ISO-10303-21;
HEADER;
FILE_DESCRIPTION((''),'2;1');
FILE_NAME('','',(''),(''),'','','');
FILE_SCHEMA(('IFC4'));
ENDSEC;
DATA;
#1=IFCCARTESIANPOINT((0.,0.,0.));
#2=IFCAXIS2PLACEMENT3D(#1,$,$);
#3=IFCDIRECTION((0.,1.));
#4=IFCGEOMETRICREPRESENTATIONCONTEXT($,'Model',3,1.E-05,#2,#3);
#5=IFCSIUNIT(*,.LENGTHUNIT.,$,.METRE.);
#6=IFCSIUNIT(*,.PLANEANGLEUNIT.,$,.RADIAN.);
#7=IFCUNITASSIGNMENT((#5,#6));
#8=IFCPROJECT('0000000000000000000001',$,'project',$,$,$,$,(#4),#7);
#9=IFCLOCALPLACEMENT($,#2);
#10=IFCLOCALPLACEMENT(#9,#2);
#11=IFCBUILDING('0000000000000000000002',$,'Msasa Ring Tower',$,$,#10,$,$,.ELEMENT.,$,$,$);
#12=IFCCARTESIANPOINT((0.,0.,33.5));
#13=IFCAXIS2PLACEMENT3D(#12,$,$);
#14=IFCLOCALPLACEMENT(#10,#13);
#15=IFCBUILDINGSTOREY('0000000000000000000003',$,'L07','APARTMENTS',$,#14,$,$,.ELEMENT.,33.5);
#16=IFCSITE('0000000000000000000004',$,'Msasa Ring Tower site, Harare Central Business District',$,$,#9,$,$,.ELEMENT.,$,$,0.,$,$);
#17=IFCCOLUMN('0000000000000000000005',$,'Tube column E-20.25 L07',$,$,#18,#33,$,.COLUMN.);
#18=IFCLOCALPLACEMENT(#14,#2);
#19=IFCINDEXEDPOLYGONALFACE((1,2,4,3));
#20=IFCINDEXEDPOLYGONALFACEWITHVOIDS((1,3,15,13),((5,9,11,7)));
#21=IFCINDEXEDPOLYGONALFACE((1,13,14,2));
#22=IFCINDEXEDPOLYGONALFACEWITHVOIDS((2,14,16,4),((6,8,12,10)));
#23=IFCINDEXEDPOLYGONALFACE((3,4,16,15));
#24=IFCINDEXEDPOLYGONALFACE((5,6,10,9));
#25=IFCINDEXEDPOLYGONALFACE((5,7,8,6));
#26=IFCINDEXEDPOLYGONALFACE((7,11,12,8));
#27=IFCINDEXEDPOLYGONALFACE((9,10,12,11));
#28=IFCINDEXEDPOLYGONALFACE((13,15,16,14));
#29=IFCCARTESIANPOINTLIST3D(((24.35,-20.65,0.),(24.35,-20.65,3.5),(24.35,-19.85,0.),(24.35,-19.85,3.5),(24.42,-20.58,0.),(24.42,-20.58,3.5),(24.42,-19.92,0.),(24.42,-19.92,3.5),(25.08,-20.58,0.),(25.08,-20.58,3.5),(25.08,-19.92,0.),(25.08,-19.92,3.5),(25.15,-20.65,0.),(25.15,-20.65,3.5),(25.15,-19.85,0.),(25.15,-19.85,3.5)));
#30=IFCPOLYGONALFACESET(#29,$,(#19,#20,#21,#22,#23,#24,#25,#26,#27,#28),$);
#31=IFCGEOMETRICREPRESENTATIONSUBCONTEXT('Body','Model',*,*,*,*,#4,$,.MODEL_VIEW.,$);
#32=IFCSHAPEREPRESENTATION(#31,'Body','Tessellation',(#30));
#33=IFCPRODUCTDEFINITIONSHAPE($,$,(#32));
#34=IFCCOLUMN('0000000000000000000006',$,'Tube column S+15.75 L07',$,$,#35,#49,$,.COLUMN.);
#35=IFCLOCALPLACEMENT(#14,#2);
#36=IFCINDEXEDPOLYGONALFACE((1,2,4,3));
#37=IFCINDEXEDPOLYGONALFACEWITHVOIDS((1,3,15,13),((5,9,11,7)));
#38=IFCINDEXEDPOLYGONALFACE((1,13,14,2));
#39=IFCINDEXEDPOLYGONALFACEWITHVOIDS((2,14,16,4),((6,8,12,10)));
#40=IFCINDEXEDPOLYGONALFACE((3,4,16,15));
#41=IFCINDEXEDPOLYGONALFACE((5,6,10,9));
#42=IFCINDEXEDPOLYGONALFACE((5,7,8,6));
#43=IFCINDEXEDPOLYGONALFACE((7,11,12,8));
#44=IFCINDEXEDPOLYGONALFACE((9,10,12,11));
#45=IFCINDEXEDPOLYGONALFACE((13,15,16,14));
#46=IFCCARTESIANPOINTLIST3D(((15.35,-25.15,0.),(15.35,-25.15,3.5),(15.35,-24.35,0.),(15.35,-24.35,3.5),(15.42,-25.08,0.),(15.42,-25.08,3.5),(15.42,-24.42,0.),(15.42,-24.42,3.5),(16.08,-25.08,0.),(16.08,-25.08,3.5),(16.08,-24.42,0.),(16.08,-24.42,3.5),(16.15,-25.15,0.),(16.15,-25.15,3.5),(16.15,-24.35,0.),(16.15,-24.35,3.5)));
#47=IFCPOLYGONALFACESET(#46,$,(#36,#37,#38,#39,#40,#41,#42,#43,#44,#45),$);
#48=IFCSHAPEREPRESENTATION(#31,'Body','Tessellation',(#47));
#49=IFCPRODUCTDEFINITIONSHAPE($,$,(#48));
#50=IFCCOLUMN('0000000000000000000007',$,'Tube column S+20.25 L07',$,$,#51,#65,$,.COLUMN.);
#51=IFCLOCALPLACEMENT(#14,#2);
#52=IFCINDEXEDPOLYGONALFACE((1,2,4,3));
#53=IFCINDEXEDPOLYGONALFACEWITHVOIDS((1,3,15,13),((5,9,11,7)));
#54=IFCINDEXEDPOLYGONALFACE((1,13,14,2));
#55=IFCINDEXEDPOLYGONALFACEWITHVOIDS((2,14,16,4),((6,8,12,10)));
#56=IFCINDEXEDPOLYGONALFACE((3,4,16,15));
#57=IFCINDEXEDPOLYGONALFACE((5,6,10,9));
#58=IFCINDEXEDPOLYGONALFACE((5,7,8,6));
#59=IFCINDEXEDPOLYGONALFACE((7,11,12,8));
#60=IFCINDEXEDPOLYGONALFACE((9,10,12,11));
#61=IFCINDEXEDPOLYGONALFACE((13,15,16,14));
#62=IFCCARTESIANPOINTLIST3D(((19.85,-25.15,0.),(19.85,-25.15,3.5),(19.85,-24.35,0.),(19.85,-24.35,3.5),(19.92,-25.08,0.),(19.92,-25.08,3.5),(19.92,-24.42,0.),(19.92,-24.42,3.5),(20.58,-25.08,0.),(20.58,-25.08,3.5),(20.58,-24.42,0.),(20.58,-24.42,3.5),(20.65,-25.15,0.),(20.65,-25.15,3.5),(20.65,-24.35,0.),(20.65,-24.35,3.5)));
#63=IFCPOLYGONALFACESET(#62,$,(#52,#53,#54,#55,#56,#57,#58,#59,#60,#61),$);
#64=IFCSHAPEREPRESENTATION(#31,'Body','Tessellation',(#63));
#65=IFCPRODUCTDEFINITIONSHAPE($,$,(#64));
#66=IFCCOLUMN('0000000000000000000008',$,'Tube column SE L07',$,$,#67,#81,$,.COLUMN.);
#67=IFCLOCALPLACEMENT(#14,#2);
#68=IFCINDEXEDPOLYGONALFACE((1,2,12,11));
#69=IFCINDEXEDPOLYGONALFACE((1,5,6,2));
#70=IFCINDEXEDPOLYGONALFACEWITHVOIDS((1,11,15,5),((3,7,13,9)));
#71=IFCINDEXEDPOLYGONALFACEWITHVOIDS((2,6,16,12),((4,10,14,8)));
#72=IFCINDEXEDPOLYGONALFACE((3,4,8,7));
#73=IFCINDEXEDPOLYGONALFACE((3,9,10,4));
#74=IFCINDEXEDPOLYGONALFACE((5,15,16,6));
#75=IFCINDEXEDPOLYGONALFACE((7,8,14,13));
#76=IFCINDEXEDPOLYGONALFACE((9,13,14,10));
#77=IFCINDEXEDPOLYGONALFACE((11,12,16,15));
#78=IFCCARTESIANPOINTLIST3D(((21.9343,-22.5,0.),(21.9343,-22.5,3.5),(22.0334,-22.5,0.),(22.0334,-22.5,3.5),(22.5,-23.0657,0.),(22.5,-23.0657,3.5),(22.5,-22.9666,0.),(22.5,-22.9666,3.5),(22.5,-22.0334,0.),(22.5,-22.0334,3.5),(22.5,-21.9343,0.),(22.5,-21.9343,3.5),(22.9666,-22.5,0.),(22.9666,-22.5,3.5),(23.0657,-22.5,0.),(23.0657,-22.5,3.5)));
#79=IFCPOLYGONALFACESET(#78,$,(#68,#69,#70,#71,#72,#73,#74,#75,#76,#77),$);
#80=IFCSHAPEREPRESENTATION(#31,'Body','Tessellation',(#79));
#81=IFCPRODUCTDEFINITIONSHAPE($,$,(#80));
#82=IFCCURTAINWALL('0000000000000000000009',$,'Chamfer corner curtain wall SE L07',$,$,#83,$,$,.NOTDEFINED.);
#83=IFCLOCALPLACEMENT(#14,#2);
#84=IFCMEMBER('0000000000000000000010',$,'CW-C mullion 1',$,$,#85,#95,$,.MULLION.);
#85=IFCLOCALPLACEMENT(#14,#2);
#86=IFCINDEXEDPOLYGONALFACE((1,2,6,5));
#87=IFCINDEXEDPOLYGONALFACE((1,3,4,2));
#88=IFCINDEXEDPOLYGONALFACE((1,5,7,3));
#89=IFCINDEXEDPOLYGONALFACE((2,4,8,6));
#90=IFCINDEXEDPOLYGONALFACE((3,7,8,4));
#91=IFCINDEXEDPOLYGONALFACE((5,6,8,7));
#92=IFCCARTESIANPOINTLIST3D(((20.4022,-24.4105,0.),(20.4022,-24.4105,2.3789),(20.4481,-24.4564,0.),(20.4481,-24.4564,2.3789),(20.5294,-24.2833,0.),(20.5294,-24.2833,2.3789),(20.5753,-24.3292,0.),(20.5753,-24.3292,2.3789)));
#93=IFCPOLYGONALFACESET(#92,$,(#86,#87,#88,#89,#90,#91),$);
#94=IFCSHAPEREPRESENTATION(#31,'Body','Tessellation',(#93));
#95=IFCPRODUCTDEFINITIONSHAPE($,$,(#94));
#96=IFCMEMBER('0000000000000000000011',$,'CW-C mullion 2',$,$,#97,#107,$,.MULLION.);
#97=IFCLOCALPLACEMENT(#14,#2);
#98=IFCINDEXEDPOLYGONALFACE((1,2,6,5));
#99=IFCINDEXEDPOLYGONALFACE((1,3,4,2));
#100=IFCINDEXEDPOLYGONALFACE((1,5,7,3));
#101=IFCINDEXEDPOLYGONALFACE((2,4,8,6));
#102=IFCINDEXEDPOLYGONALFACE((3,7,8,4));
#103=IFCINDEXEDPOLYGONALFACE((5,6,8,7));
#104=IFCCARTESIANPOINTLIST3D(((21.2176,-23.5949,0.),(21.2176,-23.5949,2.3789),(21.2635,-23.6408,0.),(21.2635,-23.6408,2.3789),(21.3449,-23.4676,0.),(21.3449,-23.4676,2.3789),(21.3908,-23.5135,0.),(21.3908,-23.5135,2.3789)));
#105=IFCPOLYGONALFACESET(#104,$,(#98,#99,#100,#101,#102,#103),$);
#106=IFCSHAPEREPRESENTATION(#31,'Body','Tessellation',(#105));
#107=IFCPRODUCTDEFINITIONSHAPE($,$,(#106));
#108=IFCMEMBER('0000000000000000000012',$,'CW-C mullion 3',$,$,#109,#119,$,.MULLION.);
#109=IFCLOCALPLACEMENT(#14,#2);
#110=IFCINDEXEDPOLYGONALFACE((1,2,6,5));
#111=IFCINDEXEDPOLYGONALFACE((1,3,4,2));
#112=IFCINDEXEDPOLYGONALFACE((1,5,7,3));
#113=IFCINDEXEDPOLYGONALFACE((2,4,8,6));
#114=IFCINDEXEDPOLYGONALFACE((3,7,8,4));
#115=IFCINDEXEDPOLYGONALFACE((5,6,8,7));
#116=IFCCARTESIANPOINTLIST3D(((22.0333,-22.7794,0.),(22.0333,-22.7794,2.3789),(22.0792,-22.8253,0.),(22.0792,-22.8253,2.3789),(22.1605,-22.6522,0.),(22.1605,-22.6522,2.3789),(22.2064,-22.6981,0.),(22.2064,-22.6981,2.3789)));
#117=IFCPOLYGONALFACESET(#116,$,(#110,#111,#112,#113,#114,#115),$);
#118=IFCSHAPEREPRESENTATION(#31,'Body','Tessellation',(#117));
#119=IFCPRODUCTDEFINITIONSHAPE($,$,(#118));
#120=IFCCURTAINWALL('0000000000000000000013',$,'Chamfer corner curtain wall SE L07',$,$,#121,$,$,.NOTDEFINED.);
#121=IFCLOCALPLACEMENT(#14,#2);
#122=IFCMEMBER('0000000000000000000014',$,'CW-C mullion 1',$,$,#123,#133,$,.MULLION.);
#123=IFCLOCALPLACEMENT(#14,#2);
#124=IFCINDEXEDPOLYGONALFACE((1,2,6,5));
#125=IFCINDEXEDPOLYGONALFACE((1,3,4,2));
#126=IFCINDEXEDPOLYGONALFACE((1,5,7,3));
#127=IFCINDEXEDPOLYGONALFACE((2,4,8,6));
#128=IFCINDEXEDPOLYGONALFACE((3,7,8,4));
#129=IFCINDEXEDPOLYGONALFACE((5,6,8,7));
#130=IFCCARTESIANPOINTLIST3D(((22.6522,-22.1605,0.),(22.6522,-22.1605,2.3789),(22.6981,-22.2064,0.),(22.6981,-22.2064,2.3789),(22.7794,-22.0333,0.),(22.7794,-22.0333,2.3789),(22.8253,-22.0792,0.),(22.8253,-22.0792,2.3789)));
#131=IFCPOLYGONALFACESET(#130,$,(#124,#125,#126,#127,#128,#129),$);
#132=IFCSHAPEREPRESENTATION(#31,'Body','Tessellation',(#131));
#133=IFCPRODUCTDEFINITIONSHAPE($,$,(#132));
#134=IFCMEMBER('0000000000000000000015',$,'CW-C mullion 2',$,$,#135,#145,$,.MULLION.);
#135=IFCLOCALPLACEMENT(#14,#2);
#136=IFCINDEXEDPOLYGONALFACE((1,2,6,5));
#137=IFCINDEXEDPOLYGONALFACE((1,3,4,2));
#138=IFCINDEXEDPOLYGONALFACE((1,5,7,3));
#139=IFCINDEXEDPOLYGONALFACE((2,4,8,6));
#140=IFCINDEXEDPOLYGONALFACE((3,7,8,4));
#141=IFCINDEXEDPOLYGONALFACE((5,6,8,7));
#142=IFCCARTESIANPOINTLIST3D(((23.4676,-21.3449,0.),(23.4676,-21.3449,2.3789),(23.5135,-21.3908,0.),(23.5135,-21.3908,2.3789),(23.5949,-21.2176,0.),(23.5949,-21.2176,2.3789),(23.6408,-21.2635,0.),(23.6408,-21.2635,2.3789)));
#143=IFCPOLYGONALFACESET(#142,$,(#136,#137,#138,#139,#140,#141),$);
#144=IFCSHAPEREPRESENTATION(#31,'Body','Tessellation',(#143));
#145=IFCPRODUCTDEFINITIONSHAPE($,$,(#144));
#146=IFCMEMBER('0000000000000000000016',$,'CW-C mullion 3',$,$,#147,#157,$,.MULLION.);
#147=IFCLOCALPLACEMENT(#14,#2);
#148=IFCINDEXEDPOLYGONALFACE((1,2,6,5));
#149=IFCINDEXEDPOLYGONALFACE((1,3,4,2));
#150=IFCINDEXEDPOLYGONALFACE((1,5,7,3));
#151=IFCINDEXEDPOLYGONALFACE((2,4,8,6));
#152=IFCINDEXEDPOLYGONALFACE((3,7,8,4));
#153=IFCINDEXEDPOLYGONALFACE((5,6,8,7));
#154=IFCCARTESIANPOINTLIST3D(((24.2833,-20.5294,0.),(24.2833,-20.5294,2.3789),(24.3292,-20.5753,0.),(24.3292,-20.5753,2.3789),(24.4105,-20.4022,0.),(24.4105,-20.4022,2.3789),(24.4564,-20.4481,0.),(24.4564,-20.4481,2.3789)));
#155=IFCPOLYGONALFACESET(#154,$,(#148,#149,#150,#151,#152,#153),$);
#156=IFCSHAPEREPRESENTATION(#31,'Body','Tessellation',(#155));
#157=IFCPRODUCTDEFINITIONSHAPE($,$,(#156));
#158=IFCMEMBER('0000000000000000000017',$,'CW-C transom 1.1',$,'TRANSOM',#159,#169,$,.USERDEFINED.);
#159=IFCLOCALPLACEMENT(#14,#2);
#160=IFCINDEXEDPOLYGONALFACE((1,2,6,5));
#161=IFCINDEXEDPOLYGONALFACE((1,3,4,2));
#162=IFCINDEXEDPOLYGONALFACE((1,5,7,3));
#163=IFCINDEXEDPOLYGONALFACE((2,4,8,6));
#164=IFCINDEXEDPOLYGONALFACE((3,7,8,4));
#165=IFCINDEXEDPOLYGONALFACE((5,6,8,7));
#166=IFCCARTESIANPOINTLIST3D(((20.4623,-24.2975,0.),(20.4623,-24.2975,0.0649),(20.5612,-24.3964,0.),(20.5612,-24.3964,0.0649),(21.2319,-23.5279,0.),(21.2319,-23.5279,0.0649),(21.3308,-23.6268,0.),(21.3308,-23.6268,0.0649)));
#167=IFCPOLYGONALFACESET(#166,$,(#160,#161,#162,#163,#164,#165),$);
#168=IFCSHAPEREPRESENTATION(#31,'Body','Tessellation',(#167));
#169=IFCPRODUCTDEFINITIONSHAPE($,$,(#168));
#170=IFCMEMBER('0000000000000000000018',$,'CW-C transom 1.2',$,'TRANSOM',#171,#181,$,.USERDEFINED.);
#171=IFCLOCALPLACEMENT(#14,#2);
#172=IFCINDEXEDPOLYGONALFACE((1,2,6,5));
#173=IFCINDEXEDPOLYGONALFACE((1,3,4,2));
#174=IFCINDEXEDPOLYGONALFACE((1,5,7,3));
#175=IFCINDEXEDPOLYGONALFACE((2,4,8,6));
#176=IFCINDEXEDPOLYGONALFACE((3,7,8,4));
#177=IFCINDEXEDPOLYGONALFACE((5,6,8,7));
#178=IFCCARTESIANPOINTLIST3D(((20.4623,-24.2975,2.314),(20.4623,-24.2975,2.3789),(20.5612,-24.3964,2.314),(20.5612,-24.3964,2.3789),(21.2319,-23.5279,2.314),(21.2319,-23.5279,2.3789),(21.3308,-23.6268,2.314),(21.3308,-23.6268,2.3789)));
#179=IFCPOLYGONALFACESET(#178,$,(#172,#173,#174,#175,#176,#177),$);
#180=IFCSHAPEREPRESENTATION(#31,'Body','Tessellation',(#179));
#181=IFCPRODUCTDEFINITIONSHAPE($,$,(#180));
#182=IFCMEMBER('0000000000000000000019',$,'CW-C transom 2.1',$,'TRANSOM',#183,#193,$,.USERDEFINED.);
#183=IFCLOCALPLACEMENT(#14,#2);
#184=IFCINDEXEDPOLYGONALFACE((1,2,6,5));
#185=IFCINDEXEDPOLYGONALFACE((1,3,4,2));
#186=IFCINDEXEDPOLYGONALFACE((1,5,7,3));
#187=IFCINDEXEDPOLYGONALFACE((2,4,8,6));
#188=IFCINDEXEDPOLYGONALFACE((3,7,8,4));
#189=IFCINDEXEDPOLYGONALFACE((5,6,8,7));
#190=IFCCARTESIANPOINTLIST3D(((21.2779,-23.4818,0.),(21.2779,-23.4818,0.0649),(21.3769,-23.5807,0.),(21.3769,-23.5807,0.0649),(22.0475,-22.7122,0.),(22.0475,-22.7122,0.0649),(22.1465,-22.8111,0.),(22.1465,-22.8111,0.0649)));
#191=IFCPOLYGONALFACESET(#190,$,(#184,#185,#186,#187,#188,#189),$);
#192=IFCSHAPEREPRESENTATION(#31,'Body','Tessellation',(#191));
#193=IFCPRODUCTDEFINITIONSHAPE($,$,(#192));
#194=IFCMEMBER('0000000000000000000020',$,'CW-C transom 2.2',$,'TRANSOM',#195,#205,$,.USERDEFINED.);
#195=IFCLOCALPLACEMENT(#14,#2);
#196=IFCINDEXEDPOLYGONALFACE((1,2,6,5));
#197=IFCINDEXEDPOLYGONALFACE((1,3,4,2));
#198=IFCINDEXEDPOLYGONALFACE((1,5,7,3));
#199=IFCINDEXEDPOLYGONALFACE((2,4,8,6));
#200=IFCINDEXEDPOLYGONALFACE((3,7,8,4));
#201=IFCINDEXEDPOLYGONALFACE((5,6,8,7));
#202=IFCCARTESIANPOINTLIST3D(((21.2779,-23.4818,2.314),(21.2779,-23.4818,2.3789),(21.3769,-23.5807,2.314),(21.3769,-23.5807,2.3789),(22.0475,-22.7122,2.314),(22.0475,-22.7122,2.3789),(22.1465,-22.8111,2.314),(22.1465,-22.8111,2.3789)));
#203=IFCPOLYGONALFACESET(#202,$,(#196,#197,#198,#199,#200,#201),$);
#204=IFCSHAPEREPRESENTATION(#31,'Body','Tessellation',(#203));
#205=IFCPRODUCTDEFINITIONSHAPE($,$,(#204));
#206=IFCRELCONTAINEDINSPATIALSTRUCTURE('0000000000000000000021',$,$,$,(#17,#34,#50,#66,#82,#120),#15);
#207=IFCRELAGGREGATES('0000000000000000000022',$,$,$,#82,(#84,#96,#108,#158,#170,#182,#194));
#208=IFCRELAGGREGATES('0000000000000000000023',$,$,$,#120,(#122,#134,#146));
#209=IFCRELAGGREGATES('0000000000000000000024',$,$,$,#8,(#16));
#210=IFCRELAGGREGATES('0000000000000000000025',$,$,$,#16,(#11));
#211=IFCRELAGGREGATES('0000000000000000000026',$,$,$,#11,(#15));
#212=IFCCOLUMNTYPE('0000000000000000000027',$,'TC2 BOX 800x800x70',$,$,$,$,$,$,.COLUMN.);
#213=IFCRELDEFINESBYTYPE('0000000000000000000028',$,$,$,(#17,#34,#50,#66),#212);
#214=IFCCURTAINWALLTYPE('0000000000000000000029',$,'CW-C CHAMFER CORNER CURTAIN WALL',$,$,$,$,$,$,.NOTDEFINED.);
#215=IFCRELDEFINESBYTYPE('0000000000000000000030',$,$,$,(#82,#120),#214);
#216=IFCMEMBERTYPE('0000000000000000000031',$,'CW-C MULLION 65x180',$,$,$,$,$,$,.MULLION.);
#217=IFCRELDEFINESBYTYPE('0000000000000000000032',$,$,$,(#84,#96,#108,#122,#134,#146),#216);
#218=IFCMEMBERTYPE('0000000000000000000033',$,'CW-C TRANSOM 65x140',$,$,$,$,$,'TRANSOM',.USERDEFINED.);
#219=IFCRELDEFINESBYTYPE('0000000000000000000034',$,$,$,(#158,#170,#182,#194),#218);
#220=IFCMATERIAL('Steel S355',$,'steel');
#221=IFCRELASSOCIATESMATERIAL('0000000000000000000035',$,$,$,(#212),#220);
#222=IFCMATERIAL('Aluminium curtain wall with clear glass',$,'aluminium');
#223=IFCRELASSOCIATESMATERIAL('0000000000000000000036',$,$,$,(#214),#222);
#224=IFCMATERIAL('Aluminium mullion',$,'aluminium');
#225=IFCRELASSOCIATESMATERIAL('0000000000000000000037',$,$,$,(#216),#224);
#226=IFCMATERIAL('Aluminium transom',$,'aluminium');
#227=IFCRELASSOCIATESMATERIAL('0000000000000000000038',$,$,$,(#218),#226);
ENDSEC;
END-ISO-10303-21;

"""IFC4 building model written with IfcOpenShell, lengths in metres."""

from ifc_helpers import new_model, si_unit, direction, frame, origin, origin_2d, place, context, subcontext, project, spatial, rectangle, hollow_rectangle, extrude, material, material_profile, profile_set, type_object, element, aggregate, save


model = new_model("IFC4")

# Units and contexts
model_context = context("Model", 3, precision=1e-05, world=origin(), true_north=direction((0.0, 1.0)))
body_context = subcontext(model_context, "Body", "Model", "MODEL_VIEW")
ifc_project = project(units=[si_unit("LENGTHUNIT", "METRE"), si_unit("PLANEANGLEUNIT", "RADIAN")], contexts=[model_context])

# Site, building, storey
site_placement = place(None, origin())
site = spatial("IfcSite", under=ifc_project, at=site_placement, Name="Msasa Ring Tower site, Harare Central Business District", CompositionType="ELEMENT", RefElevation=0.0)
building_placement = place(site_placement, origin())
building = spatial("IfcBuilding", under=site, at=building_placement, Name="Msasa Ring Tower", CompositionType="ELEMENT")
storey_placement = place(building_placement, frame((0.0, 0.0, 33.5)))
storey = spatial("IfcBuildingStorey", under=building, at=storey_placement, Name="L07", Description="APARTMENTS", CompositionType="ELEMENT", Elevation=33.5)

# Columns
ifc_material_1 = material(Name="Steel S355", Category="steel")
ifc_material_profile_1 = material_profile(ifc_material_1, hollow_rectangle(XDim=0.8, YDim=0.8, WallThickness=0.0701, at=origin_2d()), Name="BOX 800x800x70")
ifc_profile_set_1 = profile_set([ifc_material_profile_1], Name="Steel S355")
column_type = type_object("IfcColumnType", Name="TC2 BOX 800x800x70", PredefinedType="COLUMN", material=ifc_profile_set_1)
for number, where, z_axis, x_axis, name in (
    (1, (24.75, -20.25, 0.0), (0.0, 0.0, 1.0), (1.0, 0.0, 0.0), "Tube column E-20.25 L07"),
    (2, (15.75, -24.75, 0.0), (0.0, 0.0, 1.0), (0.0, 1.0, 0.0), "Tube column S+15.75 L07"),
    (3, (20.25, -24.75, 0.0), (0.0, 0.0, 1.0), (0.0, 1.0, 0.0), "Tube column S+20.25 L07"),
    (4, (22.5, -22.5, 0.0), (0.0, 0.0, 1.0), (0.707107, -0.707107, 0.0), "Tube column SE L07"),
):
    element("IfcColumn", number, at=place(storey_placement, frame(where, z_axis=z_axis, x_axis=x_axis)), inside=storey, type_object=column_type, Name=name, PredefinedType="COLUMN", context=body_context, shape_type="SweptSolid", body=[
        extrude(hollow_rectangle(XDim=0.8, YDim=0.8, WallThickness=0.0701, at=origin_2d()), origin(), (0.0, 0.0, 1.0), 3.5),
    ])

# Curtain walls, members
ifc_material_2 = material(Name="Aluminium curtain wall with clear glass", Category="aluminium")
curtain_wall_type = type_object("IfcCurtainWallType", Name="CW-C CHAMFER CORNER CURTAIN WALL", PredefinedType="NOTDEFINED", material=ifc_material_2)
curtain_wall_1_placement = place(storey_placement, origin())
curtain_wall_1 = element("IfcCurtainWall", 5, at=curtain_wall_1_placement, inside=storey, type_object=curtain_wall_type, Name="Chamfer corner curtain wall SE L07", PredefinedType="NOTDEFINED")
ifc_material_3 = material(Name="Aluminium mullion", Category="aluminium")
ifc_material_profile_2 = material_profile(ifc_material_3, rectangle(XDim=0.0649, YDim=0.1799, at=origin_2d()), Name="AL 65x180")
ifc_profile_set_2 = profile_set([ifc_material_profile_2], Name="Aluminium mullion")
member_type_1 = type_object("IfcMemberType", Name="CW-C MULLION 65x180", PredefinedType="MULLION", material=ifc_profile_set_2)
member_1_placement = place(storey_placement, frame((20.4888, -24.3699, 0.0), z_axis=(0.0, 0.0, 1.0), x_axis=(-0.707107, 0.707107, 0.0)))
member_1 = element("IfcMember", 6, at=member_1_placement, type_object=member_type_1, Name="CW-C mullion 1", PredefinedType="MULLION", context=body_context, shape_type="SweptSolid", body=[
    extrude(rectangle(XDim=0.0649, YDim=0.1799, at=origin_2d()), origin(), (0.0, 0.0, 1.0), 2.3789),
])
member_2_placement = place(storey_placement, frame((21.3042, -23.5542, 0.0), z_axis=(0.0, 0.0, 1.0), x_axis=(-0.707107, 0.707107, 0.0)))
member_2 = element("IfcMember", 7, at=member_2_placement, type_object=member_type_1, Name="CW-C mullion 2", PredefinedType="MULLION", context=body_context, shape_type="SweptSolid", body=[
    extrude(rectangle(XDim=0.0649, YDim=0.1799, at=origin_2d()), origin(), (0.0, 0.0, 1.0), 2.3789),
])
member_3_placement = place(storey_placement, frame((22.1199, -22.7388, 0.0), z_axis=(0.0, 0.0, 1.0), x_axis=(-0.707107, 0.707107, 0.0)))
member_3 = element("IfcMember", 8, at=member_3_placement, type_object=member_type_1, Name="CW-C mullion 3", PredefinedType="MULLION", context=body_context, shape_type="SweptSolid", body=[
    extrude(rectangle(XDim=0.0649, YDim=0.1799, at=origin_2d()), origin(), (0.0, 0.0, 1.0), 2.3789),
])
curtain_wall_2_placement = place(storey_placement, origin())
curtain_wall_2 = element("IfcCurtainWall", 9, at=curtain_wall_2_placement, inside=storey, type_object=curtain_wall_type, Name="Chamfer corner curtain wall SE L07", PredefinedType="NOTDEFINED")
member_4_placement = place(storey_placement, frame((22.7388, -22.1199, 0.0), z_axis=(0.0, 0.0, 1.0), x_axis=(-0.707107, 0.707107, 0.0)))
member_4 = element("IfcMember", 10, at=member_4_placement, type_object=member_type_1, Name="CW-C mullion 1", PredefinedType="MULLION", context=body_context, shape_type="SweptSolid", body=[
    extrude(rectangle(XDim=0.0649, YDim=0.1799, at=origin_2d()), origin(), (0.0, 0.0, 1.0), 2.3789),
])
member_5_placement = place(storey_placement, frame((23.5542, -21.3042, 0.0), z_axis=(0.0, 0.0, 1.0), x_axis=(-0.707107, 0.707107, 0.0)))
member_5 = element("IfcMember", 11, at=member_5_placement, type_object=member_type_1, Name="CW-C mullion 2", PredefinedType="MULLION", context=body_context, shape_type="SweptSolid", body=[
    extrude(rectangle(XDim=0.0649, YDim=0.1799, at=origin_2d()), origin(), (0.0, 0.0, 1.0), 2.3789),
])
member_6_placement = place(storey_placement, frame((24.3699, -20.4888, 0.0), z_axis=(0.0, 0.0, 1.0), x_axis=(-0.707107, 0.707107, 0.0)))
member_6 = element("IfcMember", 12, at=member_6_placement, type_object=member_type_1, Name="CW-C mullion 3", PredefinedType="MULLION", context=body_context, shape_type="SweptSolid", body=[
    extrude(rectangle(XDim=0.0649, YDim=0.1799, at=origin_2d()), origin(), (0.0, 0.0, 1.0), 2.3789),
])

# Members
ifc_material_4 = material(Name="Aluminium transom", Category="aluminium")
ifc_material_profile_3 = material_profile(ifc_material_4, rectangle(XDim=0.1399, YDim=0.0649, at=origin_2d()), Name="AL 65x140")
ifc_profile_set_3 = profile_set([ifc_material_profile_3], Name="Aluminium transom")
member_type_2 = type_object("IfcMemberType", Name="CW-C TRANSOM 65x140", ElementType="TRANSOM", PredefinedType="USERDEFINED", material=ifc_profile_set_3)
member_7_placement = place(storey_placement, frame((20.5117, -24.3469, 0.0325), z_axis=(0.707107, 0.707107, 0.0), x_axis=(-0.707107, 0.707107, 0.0)))
member_7 = element("IfcMember", 13, at=member_7_placement, type_object=member_type_2, Name="CW-C transom 1.1", ObjectType="TRANSOM", PredefinedType="USERDEFINED", context=body_context, shape_type="SweptSolid", body=[
    extrude(rectangle(XDim=0.1399, YDim=0.0649, at=origin_2d()), origin(), (0.0, 0.0, 1.0), 1.0884),
])
member_8_placement = place(storey_placement, frame((20.5117, -24.3469, 2.3464), z_axis=(0.707107, 0.707107, 0.0), x_axis=(-0.707107, 0.707107, 0.0)))
member_8 = element("IfcMember", 14, at=member_8_placement, type_object=member_type_2, Name="CW-C transom 1.2", ObjectType="TRANSOM", PredefinedType="USERDEFINED", context=body_context, shape_type="SweptSolid", body=[
    extrude(rectangle(XDim=0.1399, YDim=0.0649, at=origin_2d()), origin(), (0.0, 0.0, 1.0), 1.0884),
])
member_9_placement = place(storey_placement, frame((21.3274, -23.5312, 0.0325), z_axis=(0.707107, 0.707107, 0.0), x_axis=(-0.707107, 0.707107, 0.0)))
member_9 = element("IfcMember", 15, at=member_9_placement, type_object=member_type_2, Name="CW-C transom 2.1", ObjectType="TRANSOM", PredefinedType="USERDEFINED", context=body_context, shape_type="SweptSolid", body=[
    extrude(rectangle(XDim=0.1399, YDim=0.0649, at=origin_2d()), origin(), (0.0, 0.0, 1.0), 1.0884),
])
member_10_placement = place(storey_placement, frame((21.3274, -23.5312, 2.3464), z_axis=(0.707107, 0.707107, 0.0), x_axis=(-0.707107, 0.707107, 0.0)))
member_10 = element("IfcMember", 16, at=member_10_placement, type_object=member_type_2, Name="CW-C transom 2.2", ObjectType="TRANSOM", PredefinedType="USERDEFINED", context=body_context, shape_type="SweptSolid", body=[
    extrude(rectangle(XDim=0.1399, YDim=0.0649, at=origin_2d()), origin(), (0.0, 0.0, 1.0), 1.0884),
])

aggregate(curtain_wall_1, [member_1, member_2, member_3, member_7, member_8, member_9, member_10])
aggregate(curtain_wall_2, [member_4, member_5, member_6])

save(model, "model.ifc")
